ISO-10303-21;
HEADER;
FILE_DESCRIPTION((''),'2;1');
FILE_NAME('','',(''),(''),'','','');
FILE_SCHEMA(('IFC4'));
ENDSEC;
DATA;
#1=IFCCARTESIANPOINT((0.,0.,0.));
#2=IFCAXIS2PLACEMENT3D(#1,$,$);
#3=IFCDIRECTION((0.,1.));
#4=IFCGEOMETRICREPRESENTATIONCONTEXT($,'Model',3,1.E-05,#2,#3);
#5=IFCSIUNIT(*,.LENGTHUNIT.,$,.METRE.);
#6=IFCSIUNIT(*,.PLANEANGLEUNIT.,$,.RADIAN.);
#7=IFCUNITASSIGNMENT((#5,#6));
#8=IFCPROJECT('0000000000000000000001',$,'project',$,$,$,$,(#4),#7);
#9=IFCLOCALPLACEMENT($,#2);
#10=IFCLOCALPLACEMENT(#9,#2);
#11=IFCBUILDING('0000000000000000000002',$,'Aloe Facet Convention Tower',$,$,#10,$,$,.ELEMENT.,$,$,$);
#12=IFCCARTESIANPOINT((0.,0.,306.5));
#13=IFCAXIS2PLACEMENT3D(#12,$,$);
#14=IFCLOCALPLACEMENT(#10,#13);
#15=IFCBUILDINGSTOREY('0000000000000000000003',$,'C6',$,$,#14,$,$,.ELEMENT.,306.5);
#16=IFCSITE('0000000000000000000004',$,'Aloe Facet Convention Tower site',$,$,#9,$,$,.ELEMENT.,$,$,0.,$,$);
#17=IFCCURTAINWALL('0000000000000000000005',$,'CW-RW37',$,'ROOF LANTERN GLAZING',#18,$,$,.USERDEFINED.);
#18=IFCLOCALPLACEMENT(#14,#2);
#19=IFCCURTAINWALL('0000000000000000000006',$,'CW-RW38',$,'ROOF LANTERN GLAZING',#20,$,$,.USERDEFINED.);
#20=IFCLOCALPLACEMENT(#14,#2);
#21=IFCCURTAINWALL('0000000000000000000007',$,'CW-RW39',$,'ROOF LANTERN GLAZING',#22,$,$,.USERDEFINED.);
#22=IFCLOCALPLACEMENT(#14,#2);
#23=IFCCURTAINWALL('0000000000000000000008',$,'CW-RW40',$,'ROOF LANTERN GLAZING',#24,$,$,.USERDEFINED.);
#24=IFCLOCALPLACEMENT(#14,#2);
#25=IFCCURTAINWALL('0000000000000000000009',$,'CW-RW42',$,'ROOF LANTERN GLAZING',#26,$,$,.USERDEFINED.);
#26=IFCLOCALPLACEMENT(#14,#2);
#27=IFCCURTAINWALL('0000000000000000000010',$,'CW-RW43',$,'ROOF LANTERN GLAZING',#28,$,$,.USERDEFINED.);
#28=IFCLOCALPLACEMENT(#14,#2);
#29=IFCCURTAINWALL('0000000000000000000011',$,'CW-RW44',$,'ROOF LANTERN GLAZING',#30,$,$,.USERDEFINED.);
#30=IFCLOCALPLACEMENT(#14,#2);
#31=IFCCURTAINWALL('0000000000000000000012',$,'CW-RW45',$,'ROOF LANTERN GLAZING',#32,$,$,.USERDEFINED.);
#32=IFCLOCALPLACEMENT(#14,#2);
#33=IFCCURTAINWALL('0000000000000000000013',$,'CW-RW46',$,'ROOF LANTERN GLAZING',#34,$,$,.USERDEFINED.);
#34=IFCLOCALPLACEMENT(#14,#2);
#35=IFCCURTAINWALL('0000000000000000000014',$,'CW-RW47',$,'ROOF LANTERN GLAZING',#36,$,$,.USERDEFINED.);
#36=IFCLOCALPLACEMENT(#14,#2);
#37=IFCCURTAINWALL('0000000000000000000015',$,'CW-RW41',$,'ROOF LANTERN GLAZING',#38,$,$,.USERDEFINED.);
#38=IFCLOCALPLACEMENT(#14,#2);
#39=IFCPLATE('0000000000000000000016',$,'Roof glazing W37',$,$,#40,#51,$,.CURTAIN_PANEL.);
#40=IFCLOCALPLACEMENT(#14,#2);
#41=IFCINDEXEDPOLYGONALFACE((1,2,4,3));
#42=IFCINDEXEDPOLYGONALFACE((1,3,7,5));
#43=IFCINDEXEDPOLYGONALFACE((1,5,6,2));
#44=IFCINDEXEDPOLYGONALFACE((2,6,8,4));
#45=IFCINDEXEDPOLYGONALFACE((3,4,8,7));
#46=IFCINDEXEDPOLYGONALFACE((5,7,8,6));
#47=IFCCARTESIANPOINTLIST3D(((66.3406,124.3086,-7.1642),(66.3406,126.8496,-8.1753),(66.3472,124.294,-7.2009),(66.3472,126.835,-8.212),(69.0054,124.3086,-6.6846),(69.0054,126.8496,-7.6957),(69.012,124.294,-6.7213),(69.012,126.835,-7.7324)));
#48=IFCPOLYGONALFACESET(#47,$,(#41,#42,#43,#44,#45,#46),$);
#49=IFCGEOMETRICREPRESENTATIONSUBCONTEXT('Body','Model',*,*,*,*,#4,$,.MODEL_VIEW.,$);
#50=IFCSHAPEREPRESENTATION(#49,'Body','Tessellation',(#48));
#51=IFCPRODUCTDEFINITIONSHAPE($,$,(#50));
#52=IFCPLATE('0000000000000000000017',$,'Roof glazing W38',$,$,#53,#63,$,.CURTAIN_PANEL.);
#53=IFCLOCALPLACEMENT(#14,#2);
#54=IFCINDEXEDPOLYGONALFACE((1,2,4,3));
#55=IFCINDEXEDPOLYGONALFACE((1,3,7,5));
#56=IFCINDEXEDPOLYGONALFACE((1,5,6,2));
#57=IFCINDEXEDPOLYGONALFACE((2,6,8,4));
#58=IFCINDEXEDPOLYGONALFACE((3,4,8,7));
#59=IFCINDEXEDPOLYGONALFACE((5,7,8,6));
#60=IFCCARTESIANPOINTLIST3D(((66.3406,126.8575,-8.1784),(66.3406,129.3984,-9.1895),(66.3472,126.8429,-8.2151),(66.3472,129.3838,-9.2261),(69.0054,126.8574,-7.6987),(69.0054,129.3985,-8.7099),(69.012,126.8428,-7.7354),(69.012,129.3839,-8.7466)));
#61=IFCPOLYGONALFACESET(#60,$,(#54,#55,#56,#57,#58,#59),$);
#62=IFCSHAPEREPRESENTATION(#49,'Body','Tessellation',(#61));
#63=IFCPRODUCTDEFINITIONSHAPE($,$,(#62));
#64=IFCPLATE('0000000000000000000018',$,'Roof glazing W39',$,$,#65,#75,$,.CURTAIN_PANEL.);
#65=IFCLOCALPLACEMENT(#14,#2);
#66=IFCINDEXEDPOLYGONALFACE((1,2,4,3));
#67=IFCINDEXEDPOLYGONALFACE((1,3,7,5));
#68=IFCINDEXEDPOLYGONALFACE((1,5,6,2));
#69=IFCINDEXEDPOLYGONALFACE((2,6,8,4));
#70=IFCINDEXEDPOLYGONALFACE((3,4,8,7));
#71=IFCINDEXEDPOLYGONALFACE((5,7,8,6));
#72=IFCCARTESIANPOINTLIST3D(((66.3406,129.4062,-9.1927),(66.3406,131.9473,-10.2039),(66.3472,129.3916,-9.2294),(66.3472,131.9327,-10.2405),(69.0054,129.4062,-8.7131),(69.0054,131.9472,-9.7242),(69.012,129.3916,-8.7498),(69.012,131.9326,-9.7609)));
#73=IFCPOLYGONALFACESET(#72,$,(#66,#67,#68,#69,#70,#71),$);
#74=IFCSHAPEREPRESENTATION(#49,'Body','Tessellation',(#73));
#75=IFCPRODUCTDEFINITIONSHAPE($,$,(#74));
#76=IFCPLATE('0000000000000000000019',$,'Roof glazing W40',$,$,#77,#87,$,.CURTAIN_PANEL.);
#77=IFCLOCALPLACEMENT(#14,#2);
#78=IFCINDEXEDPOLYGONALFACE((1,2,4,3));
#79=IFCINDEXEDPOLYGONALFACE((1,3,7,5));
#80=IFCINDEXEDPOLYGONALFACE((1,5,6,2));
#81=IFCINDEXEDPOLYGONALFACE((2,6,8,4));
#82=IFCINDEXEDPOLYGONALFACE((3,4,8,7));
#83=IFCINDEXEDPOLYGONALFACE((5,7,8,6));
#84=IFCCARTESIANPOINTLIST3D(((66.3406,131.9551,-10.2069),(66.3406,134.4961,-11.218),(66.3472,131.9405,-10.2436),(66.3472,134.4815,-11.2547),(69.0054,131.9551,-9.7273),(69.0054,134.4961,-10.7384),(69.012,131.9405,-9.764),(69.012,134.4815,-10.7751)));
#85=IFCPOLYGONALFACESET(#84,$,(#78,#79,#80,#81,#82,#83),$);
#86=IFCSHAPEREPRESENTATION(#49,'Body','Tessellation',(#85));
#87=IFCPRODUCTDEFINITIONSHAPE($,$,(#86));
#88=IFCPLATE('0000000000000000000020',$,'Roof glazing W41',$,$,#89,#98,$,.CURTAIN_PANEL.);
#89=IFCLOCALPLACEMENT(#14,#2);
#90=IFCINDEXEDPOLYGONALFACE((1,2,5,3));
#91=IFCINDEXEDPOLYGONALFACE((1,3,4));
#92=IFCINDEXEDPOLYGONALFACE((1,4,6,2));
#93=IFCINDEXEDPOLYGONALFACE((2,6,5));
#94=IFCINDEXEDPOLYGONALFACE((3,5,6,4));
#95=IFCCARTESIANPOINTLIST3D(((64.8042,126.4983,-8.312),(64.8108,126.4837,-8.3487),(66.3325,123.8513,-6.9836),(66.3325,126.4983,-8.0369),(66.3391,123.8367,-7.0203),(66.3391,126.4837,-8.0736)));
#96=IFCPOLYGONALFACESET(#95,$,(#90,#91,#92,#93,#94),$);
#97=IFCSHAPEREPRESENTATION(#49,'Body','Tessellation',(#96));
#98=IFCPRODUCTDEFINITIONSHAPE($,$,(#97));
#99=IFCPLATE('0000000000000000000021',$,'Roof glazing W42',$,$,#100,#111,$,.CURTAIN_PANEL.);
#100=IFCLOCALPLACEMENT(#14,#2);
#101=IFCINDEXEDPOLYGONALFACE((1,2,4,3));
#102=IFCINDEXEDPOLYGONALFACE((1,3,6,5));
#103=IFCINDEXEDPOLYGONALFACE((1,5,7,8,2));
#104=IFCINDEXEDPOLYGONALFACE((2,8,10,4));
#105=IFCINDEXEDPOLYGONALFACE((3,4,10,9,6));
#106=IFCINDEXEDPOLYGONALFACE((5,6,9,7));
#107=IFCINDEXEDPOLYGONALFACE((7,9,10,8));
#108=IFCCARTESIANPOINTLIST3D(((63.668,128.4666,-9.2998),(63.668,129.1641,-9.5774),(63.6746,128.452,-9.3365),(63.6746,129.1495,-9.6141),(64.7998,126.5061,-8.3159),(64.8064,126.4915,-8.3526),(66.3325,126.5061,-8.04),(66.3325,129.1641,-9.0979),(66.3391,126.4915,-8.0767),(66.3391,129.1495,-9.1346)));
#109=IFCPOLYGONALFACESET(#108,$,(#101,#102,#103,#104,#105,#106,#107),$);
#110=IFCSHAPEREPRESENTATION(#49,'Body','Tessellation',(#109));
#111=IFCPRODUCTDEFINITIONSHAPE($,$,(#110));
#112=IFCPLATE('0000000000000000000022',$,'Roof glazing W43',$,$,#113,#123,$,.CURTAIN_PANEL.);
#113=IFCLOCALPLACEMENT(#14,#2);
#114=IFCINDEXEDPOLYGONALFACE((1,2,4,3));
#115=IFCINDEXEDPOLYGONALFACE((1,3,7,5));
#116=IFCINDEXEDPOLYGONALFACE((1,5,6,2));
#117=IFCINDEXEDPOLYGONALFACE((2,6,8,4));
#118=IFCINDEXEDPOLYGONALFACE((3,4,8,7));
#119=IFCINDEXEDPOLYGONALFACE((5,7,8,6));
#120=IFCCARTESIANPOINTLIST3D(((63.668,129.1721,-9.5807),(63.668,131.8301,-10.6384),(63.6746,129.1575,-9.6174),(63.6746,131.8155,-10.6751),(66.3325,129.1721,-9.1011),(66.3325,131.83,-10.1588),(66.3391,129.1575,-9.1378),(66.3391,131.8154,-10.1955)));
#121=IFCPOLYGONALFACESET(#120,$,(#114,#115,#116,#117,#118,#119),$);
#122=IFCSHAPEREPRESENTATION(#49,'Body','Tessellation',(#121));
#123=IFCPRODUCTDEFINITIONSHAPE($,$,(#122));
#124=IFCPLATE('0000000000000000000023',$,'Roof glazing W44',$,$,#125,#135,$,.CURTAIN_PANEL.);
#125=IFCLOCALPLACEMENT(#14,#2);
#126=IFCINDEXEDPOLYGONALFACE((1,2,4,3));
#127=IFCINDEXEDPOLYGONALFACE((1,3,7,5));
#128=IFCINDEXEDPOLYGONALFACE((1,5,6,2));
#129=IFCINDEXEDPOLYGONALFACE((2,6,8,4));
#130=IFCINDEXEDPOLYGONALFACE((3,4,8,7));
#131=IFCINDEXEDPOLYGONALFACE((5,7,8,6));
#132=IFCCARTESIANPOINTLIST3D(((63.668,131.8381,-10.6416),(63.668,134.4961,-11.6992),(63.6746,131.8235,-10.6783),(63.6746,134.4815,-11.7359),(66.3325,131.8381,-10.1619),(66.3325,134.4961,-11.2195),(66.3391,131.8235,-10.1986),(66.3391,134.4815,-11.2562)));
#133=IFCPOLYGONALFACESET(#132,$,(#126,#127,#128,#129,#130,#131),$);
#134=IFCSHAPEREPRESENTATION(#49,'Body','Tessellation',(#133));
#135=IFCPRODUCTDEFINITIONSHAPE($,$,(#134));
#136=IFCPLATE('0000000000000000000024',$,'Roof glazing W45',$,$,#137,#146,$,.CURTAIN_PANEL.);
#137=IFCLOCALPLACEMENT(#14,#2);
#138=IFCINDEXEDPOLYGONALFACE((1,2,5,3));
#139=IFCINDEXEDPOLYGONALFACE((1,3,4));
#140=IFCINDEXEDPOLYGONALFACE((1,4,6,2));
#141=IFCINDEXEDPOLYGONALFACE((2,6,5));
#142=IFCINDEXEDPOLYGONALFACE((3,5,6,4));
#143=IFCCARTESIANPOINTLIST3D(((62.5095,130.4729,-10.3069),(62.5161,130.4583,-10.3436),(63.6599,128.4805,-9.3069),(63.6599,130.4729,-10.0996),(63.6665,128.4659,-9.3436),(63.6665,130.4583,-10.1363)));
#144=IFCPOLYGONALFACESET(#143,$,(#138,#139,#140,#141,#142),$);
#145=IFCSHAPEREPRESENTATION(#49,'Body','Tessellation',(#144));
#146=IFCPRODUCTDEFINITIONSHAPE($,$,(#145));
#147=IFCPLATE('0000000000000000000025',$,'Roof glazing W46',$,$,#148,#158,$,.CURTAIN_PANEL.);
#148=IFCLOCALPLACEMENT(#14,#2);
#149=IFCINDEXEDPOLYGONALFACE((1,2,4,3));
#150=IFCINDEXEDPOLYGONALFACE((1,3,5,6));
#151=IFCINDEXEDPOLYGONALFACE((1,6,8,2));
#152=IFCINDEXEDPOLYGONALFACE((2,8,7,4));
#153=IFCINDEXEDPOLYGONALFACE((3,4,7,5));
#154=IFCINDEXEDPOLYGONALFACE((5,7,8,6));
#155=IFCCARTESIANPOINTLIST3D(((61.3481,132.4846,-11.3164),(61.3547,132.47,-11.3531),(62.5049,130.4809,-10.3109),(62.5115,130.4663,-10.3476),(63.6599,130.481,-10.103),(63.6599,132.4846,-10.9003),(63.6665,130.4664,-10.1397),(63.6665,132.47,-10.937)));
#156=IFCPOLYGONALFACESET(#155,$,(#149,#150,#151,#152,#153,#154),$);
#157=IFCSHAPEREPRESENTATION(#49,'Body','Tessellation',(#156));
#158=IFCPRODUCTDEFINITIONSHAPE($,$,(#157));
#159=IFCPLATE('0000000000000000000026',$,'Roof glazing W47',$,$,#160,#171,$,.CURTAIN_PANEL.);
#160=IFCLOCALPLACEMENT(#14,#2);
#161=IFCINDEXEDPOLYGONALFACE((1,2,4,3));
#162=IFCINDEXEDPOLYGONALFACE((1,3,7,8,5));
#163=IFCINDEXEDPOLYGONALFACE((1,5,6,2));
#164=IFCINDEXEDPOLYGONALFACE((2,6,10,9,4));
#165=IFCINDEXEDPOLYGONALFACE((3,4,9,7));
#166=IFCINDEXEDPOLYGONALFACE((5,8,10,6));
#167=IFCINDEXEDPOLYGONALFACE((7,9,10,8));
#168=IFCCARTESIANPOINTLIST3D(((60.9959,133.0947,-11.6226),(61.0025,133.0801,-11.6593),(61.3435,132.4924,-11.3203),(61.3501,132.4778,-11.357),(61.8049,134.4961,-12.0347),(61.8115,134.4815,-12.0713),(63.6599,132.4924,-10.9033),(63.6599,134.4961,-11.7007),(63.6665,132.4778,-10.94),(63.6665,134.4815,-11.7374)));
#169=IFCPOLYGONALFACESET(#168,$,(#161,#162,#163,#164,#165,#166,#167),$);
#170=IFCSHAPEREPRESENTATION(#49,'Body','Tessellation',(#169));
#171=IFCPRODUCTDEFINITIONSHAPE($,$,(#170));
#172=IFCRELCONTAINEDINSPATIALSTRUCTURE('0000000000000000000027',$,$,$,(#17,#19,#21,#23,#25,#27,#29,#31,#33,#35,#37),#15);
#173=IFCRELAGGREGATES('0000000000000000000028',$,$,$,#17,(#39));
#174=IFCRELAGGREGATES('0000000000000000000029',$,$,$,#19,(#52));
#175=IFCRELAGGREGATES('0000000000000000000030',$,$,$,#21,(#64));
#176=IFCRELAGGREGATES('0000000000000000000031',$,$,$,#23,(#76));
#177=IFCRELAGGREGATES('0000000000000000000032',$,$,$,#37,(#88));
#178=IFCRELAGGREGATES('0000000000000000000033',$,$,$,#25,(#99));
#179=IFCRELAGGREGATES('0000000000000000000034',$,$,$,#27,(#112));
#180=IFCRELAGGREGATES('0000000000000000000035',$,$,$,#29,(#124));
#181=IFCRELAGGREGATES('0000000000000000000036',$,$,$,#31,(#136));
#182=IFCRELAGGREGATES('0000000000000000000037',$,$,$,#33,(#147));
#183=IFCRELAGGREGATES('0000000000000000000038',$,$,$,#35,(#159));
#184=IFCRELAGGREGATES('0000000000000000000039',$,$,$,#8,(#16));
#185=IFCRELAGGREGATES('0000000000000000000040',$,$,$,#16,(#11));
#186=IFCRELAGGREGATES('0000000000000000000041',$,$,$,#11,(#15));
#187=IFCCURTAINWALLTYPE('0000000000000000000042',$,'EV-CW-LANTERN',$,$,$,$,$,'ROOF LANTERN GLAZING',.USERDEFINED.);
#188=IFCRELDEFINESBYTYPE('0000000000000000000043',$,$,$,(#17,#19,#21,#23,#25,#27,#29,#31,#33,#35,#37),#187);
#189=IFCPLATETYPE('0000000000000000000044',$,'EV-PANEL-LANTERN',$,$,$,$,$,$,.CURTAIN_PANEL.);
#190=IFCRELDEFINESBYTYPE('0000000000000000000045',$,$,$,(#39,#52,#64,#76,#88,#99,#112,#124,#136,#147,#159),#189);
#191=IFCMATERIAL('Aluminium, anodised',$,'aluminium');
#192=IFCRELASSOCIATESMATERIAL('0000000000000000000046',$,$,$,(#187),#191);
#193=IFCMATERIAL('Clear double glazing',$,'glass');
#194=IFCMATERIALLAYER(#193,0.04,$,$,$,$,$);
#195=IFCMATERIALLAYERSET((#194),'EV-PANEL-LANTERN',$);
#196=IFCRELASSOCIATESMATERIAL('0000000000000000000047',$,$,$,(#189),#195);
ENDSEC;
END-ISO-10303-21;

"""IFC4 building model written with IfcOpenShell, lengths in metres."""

from ifc_helpers import new_model, si_unit, direction, frame, origin, place, context, subcontext, project, spatial, polyline, outline, extrude, material, layer, layer_set, type_object, element, aggregate, save


model = new_model("IFC4")

# Units and contexts
model_context = context("Model", 3, precision=1e-05, world=origin(), true_north=direction((0.0, 1.0)))
body_context = subcontext(model_context, "Body", "Model", "MODEL_VIEW")
ifc_project = project(units=[si_unit("LENGTHUNIT", "METRE"), si_unit("PLANEANGLEUNIT", "RADIAN")], contexts=[model_context])

# Site, building, storey
site_placement = place(None, origin())
site = spatial("IfcSite", under=ifc_project, at=site_placement, Name="Aloe Facet Convention Tower site", CompositionType="ELEMENT", RefElevation=0.0)
building_placement = place(site_placement, origin())
building = spatial("IfcBuilding", under=site, at=building_placement, Name="Aloe Facet Convention Tower", CompositionType="ELEMENT")
storey_placement = place(building_placement, frame((0.0, 0.0, 306.5)))
storey = spatial("IfcBuildingStorey", under=building, at=storey_placement, Name="C6", CompositionType="ELEMENT", Elevation=306.5)

# Curtain walls
ifc_material_1 = material(Name="Aluminium, anodised", Category="aluminium")
curtain_wall_type = type_object("IfcCurtainWallType", Name="EV-CW-LANTERN", ElementType="ROOF LANTERN GLAZING", PredefinedType="USERDEFINED", material=ifc_material_1)
curtain_wall_1_placement = place(storey_placement, origin())
curtain_wall_1 = element("IfcCurtainWall", 1, at=curtain_wall_1_placement, inside=storey, type_object=curtain_wall_type, Name="CW-RW37", ObjectType="ROOF LANTERN GLAZING", PredefinedType="USERDEFINED")
curtain_wall_2_placement = place(storey_placement, origin())
curtain_wall_2 = element("IfcCurtainWall", 2, at=curtain_wall_2_placement, inside=storey, type_object=curtain_wall_type, Name="CW-RW38", ObjectType="ROOF LANTERN GLAZING", PredefinedType="USERDEFINED")
curtain_wall_3_placement = place(storey_placement, origin())
curtain_wall_3 = element("IfcCurtainWall", 3, at=curtain_wall_3_placement, inside=storey, type_object=curtain_wall_type, Name="CW-RW39", ObjectType="ROOF LANTERN GLAZING", PredefinedType="USERDEFINED")
curtain_wall_4_placement = place(storey_placement, origin())
curtain_wall_4 = element("IfcCurtainWall", 4, at=curtain_wall_4_placement, inside=storey, type_object=curtain_wall_type, Name="CW-RW40", ObjectType="ROOF LANTERN GLAZING", PredefinedType="USERDEFINED")

# Curtain wall
curtain_wall_5_placement = place(storey_placement, origin())
curtain_wall_5 = element("IfcCurtainWall", 5, at=curtain_wall_5_placement, inside=storey, type_object=curtain_wall_type, Name="CW-RW42", ObjectType="ROOF LANTERN GLAZING", PredefinedType="USERDEFINED")

# Curtain walls
curtain_wall_6_placement = place(storey_placement, origin())
curtain_wall_6 = element("IfcCurtainWall", 6, at=curtain_wall_6_placement, inside=storey, type_object=curtain_wall_type, Name="CW-RW43", ObjectType="ROOF LANTERN GLAZING", PredefinedType="USERDEFINED")
curtain_wall_7_placement = place(storey_placement, origin())
curtain_wall_7 = element("IfcCurtainWall", 7, at=curtain_wall_7_placement, inside=storey, type_object=curtain_wall_type, Name="CW-RW44", ObjectType="ROOF LANTERN GLAZING", PredefinedType="USERDEFINED")
curtain_wall_8_placement = place(storey_placement, origin())
curtain_wall_8 = element("IfcCurtainWall", 8, at=curtain_wall_8_placement, inside=storey, type_object=curtain_wall_type, Name="CW-RW45", ObjectType="ROOF LANTERN GLAZING", PredefinedType="USERDEFINED")
curtain_wall_9_placement = place(storey_placement, origin())
curtain_wall_9 = element("IfcCurtainWall", 9, at=curtain_wall_9_placement, inside=storey, type_object=curtain_wall_type, Name="CW-RW46", ObjectType="ROOF LANTERN GLAZING", PredefinedType="USERDEFINED")

# Curtain wall
curtain_wall_10_placement = place(storey_placement, origin())
curtain_wall_10 = element("IfcCurtainWall", 10, at=curtain_wall_10_placement, inside=storey, type_object=curtain_wall_type, Name="CW-RW47", ObjectType="ROOF LANTERN GLAZING", PredefinedType="USERDEFINED")

# Curtain wall
curtain_wall_11_placement = place(storey_placement, origin())
curtain_wall_11 = element("IfcCurtainWall", 11, at=curtain_wall_11_placement, inside=storey, type_object=curtain_wall_type, Name="CW-RW41", ObjectType="ROOF LANTERN GLAZING", PredefinedType="USERDEFINED")

# Plates
ifc_material_2 = material(Name="Clear double glazing", Category="glass")
ifc_layer = layer(ifc_material_2, 0.04)
ifc_layer_set = layer_set([ifc_layer], Name="EV-PANEL-LANTERN")
plate_type = type_object("IfcPlateType", Name="EV-PANEL-LANTERN", PredefinedType="CURTAIN_PANEL", material=ifc_layer_set)
plate_1_placement = place(storey_placement, frame((69.0054, 124.3086, -6.6846), z_axis=(-0.164938, 0.364656, 0.916418), x_axis=(-0.984188, -0.000015, -0.17713)))
plate_1 = element("IfcPlate", 12, at=plate_1_placement, type_object=plate_type, Name="Roof glazing W37", PredefinedType="CURTAIN_PANEL", context=body_context, shape_type="SweptSolid", body=[
    extrude(outline(polyline([(0.0, 0.0), (2.7076, 0.0), (2.8867, -2.729), (0.179, -2.7289), (0.0, 0.0)])), origin(), (0.0, 0.0, -1.0), 0.04),
])
aggregate(curtain_wall_1, [plate_1])
plate_2_placement = place(storey_placement, frame((69.0054, 126.8574, -7.6987), z_axis=(-0.164938, 0.364656, 0.916418), x_axis=(-0.984185, 0.000015, -0.177141)))
plate_2 = element("IfcPlate", 13, at=plate_2_placement, type_object=plate_type, Name="Roof glazing W38", PredefinedType="CURTAIN_PANEL", context=body_context, shape_type="SweptSolid", body=[
    extrude(outline(polyline([(0.0, 0.0), (2.7076, 0.0), (2.8868, -2.7289), (0.1792, -2.729), (0.0, 0.0)])), origin(), (0.0, 0.0, -1.0), 0.04),
])
aggregate(curtain_wall_2, [plate_2])
plate_3_placement = place(storey_placement, frame((69.0054, 129.4062, -8.7131), z_axis=(-0.164938, 0.364656, 0.916418), x_axis=(-0.984188, -0.000015, -0.17713)))
plate_3 = element("IfcPlate", 14, at=plate_3_placement, type_object=plate_type, Name="Roof glazing W39", PredefinedType="CURTAIN_PANEL", context=body_context, shape_type="SweptSolid", body=[
    extrude(outline(polyline([(0.0, 0.0), (2.7076, 0.0), (2.8867, -2.729), (0.179, -2.7289), (0.0, 0.0)])), origin(), (0.0, 0.0, -1.0), 0.04),
])
aggregate(curtain_wall_3, [plate_3])
plate_4_placement = place(storey_placement, frame((69.0054, 131.9551, -9.7273), z_axis=(-0.164938, 0.364656, 0.916418), x_axis=(-0.984185, 0.000015, -0.177141)))
plate_4 = element("IfcPlate", 15, at=plate_4_placement, type_object=plate_type, Name="Roof glazing W40", PredefinedType="CURTAIN_PANEL", context=body_context, shape_type="SweptSolid", body=[
    extrude(outline(polyline([(0.0, 0.0), (2.7076, 0.0), (2.8868, -2.7289), (0.1792, -2.729), (0.0, 0.0)])), origin(), (0.0, 0.0, -1.0), 0.04),
])
aggregate(curtain_wall_4, [plate_4])
plate_5_placement = place(storey_placement, frame((66.3325, 126.4983, -8.0369), z_axis=(-0.164984, 0.364639, 0.916416), x_axis=(0.0, -0.929149, 0.369706)))
plate_5 = element("IfcPlate", 16, at=plate_5_placement, type_object=plate_type, Name="Roof glazing W41", PredefinedType="CURTAIN_PANEL", context=body_context, shape_type="SweptSolid", body=[
    extrude(outline(polyline([(0.0, 0.0), (2.8488, 0.0), (-0.1017, -1.5496), (0.0, 0.0)])), origin(), (0.0, 0.0, -1.0), 0.04),
])
aggregate(curtain_wall_11, [plate_5])
plate_6_placement = place(storey_placement, frame((66.3325, 126.5061, -8.04), z_axis=(-0.164922, 0.36471, 0.916399), x_axis=(-0.984188, 0.000009, -0.177125)))
plate_6 = element("IfcPlate", 17, at=plate_6_placement, type_object=plate_type, Name="Roof glazing W42", PredefinedType="CURTAIN_PANEL", context=body_context, shape_type="SweptSolid", body=[
    extrude(outline(polyline([(0.0, 0.0), (1.5573, 0.0), (2.8456, -2.1054), (2.8947, -2.8546), (0.1874, -2.8546), (0.0, 0.0)])), origin(), (0.0, 0.0, -1.0), 0.04),
])
aggregate(curtain_wall_5, [plate_6])
plate_7_placement = place(storey_placement, frame((66.3325, 129.1721, -9.1011), z_axis=(-0.164951, 0.364685, 0.916404), x_axis=(-0.984185, -0.000015, -0.177145)))
plate_7 = element("IfcPlate", 18, at=plate_7_placement, type_object=plate_type, Name="Roof glazing W43", PredefinedType="CURTAIN_PANEL", context=body_context, shape_type="SweptSolid", body=[
    extrude(outline(polyline([(0.0, 0.0), (2.7073, 0.0), (2.8947, -2.8546), (0.1873, -2.8545), (0.0, 0.0)])), origin(), (0.0, 0.0, -1.0), 0.04),
])
aggregate(curtain_wall_6, [plate_7])
plate_8_placement = place(storey_placement, frame((66.3325, 131.8381, -10.1619), z_axis=(-0.164994, 0.364646, 0.916412), x_axis=(-0.984176, 0.0, -0.177195)))
plate_8 = element("IfcPlate", 19, at=plate_8_placement, type_object=plate_type, Name="Roof glazing W44", PredefinedType="CURTAIN_PANEL", context=body_context, shape_type="SweptSolid", body=[
    extrude(outline(polyline([(0.0, 0.0), (2.7074, 0.0), (2.8948, -2.8545), (0.1874, -2.8545), (0.0, 0.0)])), origin(), (0.0, 0.0, -1.0), 0.04),
])
aggregate(curtain_wall_7, [plate_8])
plate_9_placement = place(storey_placement, frame((63.6599, 130.4729, -10.0996), z_axis=(-0.165116, 0.364608, 0.916405), x_axis=(0.0, -0.929158, 0.369682)))
plate_9 = element("IfcPlate", 20, at=plate_9_placement, type_object=plate_type, Name="Roof glazing W45", PredefinedType="CURTAIN_PANEL", context=body_context, shape_type="SweptSolid", body=[
    extrude(outline(polyline([(0.0, 0.0), (2.1443, 0.0), (-0.0766, -1.1664), (0.0, 0.0)])), origin(), (0.0, 0.0, -1.0), 0.04),
])
aggregate(curtain_wall_8, [plate_9])
plate_10_placement = place(storey_placement, frame((61.3481, 132.4846, -11.3164), z_axis=(-0.164955, 0.364645, 0.916419), x_axis=(0.984182, -0.00002, 0.177161)))
plate_10 = element("IfcPlate", 21, at=plate_10_placement, type_object=plate_type, Name="Roof glazing W46", PredefinedType="CURTAIN_PANEL", context=body_context, shape_type="SweptSolid", body=[
    extrude(outline(polyline([(0.0, 0.0), (2.3489, 0.0), (2.4902, -2.1518), (1.3166, -2.1518), (0.0, 0.0)])), origin(), (0.0, 0.0, -1.0), 0.04),
])
aggregate(curtain_wall_9, [plate_10])
plate_11_placement = place(storey_placement, frame((63.6599, 132.4924, -10.9033), z_axis=(-0.16497, 0.364696, 0.916396), x_axis=(-0.98418, -0.000001, -0.177172)))
plate_11 = element("IfcPlate", 22, at=plate_11_placement, type_object=plate_type, Name="Roof glazing W47", PredefinedType="CURTAIN_PANEL", context=body_context, shape_type="SweptSolid", body=[
    extrude(outline(polyline([(0.0, 0.0), (2.3536, 0.0), (2.7493, -0.6468), (2.0261, -2.1519), (0.1413, -2.1519), (0.0, 0.0)])), origin(), (0.0, 0.0, -1.0), 0.04),
])
aggregate(curtain_wall_10, [plate_11])

save(model, "model.ifc")
